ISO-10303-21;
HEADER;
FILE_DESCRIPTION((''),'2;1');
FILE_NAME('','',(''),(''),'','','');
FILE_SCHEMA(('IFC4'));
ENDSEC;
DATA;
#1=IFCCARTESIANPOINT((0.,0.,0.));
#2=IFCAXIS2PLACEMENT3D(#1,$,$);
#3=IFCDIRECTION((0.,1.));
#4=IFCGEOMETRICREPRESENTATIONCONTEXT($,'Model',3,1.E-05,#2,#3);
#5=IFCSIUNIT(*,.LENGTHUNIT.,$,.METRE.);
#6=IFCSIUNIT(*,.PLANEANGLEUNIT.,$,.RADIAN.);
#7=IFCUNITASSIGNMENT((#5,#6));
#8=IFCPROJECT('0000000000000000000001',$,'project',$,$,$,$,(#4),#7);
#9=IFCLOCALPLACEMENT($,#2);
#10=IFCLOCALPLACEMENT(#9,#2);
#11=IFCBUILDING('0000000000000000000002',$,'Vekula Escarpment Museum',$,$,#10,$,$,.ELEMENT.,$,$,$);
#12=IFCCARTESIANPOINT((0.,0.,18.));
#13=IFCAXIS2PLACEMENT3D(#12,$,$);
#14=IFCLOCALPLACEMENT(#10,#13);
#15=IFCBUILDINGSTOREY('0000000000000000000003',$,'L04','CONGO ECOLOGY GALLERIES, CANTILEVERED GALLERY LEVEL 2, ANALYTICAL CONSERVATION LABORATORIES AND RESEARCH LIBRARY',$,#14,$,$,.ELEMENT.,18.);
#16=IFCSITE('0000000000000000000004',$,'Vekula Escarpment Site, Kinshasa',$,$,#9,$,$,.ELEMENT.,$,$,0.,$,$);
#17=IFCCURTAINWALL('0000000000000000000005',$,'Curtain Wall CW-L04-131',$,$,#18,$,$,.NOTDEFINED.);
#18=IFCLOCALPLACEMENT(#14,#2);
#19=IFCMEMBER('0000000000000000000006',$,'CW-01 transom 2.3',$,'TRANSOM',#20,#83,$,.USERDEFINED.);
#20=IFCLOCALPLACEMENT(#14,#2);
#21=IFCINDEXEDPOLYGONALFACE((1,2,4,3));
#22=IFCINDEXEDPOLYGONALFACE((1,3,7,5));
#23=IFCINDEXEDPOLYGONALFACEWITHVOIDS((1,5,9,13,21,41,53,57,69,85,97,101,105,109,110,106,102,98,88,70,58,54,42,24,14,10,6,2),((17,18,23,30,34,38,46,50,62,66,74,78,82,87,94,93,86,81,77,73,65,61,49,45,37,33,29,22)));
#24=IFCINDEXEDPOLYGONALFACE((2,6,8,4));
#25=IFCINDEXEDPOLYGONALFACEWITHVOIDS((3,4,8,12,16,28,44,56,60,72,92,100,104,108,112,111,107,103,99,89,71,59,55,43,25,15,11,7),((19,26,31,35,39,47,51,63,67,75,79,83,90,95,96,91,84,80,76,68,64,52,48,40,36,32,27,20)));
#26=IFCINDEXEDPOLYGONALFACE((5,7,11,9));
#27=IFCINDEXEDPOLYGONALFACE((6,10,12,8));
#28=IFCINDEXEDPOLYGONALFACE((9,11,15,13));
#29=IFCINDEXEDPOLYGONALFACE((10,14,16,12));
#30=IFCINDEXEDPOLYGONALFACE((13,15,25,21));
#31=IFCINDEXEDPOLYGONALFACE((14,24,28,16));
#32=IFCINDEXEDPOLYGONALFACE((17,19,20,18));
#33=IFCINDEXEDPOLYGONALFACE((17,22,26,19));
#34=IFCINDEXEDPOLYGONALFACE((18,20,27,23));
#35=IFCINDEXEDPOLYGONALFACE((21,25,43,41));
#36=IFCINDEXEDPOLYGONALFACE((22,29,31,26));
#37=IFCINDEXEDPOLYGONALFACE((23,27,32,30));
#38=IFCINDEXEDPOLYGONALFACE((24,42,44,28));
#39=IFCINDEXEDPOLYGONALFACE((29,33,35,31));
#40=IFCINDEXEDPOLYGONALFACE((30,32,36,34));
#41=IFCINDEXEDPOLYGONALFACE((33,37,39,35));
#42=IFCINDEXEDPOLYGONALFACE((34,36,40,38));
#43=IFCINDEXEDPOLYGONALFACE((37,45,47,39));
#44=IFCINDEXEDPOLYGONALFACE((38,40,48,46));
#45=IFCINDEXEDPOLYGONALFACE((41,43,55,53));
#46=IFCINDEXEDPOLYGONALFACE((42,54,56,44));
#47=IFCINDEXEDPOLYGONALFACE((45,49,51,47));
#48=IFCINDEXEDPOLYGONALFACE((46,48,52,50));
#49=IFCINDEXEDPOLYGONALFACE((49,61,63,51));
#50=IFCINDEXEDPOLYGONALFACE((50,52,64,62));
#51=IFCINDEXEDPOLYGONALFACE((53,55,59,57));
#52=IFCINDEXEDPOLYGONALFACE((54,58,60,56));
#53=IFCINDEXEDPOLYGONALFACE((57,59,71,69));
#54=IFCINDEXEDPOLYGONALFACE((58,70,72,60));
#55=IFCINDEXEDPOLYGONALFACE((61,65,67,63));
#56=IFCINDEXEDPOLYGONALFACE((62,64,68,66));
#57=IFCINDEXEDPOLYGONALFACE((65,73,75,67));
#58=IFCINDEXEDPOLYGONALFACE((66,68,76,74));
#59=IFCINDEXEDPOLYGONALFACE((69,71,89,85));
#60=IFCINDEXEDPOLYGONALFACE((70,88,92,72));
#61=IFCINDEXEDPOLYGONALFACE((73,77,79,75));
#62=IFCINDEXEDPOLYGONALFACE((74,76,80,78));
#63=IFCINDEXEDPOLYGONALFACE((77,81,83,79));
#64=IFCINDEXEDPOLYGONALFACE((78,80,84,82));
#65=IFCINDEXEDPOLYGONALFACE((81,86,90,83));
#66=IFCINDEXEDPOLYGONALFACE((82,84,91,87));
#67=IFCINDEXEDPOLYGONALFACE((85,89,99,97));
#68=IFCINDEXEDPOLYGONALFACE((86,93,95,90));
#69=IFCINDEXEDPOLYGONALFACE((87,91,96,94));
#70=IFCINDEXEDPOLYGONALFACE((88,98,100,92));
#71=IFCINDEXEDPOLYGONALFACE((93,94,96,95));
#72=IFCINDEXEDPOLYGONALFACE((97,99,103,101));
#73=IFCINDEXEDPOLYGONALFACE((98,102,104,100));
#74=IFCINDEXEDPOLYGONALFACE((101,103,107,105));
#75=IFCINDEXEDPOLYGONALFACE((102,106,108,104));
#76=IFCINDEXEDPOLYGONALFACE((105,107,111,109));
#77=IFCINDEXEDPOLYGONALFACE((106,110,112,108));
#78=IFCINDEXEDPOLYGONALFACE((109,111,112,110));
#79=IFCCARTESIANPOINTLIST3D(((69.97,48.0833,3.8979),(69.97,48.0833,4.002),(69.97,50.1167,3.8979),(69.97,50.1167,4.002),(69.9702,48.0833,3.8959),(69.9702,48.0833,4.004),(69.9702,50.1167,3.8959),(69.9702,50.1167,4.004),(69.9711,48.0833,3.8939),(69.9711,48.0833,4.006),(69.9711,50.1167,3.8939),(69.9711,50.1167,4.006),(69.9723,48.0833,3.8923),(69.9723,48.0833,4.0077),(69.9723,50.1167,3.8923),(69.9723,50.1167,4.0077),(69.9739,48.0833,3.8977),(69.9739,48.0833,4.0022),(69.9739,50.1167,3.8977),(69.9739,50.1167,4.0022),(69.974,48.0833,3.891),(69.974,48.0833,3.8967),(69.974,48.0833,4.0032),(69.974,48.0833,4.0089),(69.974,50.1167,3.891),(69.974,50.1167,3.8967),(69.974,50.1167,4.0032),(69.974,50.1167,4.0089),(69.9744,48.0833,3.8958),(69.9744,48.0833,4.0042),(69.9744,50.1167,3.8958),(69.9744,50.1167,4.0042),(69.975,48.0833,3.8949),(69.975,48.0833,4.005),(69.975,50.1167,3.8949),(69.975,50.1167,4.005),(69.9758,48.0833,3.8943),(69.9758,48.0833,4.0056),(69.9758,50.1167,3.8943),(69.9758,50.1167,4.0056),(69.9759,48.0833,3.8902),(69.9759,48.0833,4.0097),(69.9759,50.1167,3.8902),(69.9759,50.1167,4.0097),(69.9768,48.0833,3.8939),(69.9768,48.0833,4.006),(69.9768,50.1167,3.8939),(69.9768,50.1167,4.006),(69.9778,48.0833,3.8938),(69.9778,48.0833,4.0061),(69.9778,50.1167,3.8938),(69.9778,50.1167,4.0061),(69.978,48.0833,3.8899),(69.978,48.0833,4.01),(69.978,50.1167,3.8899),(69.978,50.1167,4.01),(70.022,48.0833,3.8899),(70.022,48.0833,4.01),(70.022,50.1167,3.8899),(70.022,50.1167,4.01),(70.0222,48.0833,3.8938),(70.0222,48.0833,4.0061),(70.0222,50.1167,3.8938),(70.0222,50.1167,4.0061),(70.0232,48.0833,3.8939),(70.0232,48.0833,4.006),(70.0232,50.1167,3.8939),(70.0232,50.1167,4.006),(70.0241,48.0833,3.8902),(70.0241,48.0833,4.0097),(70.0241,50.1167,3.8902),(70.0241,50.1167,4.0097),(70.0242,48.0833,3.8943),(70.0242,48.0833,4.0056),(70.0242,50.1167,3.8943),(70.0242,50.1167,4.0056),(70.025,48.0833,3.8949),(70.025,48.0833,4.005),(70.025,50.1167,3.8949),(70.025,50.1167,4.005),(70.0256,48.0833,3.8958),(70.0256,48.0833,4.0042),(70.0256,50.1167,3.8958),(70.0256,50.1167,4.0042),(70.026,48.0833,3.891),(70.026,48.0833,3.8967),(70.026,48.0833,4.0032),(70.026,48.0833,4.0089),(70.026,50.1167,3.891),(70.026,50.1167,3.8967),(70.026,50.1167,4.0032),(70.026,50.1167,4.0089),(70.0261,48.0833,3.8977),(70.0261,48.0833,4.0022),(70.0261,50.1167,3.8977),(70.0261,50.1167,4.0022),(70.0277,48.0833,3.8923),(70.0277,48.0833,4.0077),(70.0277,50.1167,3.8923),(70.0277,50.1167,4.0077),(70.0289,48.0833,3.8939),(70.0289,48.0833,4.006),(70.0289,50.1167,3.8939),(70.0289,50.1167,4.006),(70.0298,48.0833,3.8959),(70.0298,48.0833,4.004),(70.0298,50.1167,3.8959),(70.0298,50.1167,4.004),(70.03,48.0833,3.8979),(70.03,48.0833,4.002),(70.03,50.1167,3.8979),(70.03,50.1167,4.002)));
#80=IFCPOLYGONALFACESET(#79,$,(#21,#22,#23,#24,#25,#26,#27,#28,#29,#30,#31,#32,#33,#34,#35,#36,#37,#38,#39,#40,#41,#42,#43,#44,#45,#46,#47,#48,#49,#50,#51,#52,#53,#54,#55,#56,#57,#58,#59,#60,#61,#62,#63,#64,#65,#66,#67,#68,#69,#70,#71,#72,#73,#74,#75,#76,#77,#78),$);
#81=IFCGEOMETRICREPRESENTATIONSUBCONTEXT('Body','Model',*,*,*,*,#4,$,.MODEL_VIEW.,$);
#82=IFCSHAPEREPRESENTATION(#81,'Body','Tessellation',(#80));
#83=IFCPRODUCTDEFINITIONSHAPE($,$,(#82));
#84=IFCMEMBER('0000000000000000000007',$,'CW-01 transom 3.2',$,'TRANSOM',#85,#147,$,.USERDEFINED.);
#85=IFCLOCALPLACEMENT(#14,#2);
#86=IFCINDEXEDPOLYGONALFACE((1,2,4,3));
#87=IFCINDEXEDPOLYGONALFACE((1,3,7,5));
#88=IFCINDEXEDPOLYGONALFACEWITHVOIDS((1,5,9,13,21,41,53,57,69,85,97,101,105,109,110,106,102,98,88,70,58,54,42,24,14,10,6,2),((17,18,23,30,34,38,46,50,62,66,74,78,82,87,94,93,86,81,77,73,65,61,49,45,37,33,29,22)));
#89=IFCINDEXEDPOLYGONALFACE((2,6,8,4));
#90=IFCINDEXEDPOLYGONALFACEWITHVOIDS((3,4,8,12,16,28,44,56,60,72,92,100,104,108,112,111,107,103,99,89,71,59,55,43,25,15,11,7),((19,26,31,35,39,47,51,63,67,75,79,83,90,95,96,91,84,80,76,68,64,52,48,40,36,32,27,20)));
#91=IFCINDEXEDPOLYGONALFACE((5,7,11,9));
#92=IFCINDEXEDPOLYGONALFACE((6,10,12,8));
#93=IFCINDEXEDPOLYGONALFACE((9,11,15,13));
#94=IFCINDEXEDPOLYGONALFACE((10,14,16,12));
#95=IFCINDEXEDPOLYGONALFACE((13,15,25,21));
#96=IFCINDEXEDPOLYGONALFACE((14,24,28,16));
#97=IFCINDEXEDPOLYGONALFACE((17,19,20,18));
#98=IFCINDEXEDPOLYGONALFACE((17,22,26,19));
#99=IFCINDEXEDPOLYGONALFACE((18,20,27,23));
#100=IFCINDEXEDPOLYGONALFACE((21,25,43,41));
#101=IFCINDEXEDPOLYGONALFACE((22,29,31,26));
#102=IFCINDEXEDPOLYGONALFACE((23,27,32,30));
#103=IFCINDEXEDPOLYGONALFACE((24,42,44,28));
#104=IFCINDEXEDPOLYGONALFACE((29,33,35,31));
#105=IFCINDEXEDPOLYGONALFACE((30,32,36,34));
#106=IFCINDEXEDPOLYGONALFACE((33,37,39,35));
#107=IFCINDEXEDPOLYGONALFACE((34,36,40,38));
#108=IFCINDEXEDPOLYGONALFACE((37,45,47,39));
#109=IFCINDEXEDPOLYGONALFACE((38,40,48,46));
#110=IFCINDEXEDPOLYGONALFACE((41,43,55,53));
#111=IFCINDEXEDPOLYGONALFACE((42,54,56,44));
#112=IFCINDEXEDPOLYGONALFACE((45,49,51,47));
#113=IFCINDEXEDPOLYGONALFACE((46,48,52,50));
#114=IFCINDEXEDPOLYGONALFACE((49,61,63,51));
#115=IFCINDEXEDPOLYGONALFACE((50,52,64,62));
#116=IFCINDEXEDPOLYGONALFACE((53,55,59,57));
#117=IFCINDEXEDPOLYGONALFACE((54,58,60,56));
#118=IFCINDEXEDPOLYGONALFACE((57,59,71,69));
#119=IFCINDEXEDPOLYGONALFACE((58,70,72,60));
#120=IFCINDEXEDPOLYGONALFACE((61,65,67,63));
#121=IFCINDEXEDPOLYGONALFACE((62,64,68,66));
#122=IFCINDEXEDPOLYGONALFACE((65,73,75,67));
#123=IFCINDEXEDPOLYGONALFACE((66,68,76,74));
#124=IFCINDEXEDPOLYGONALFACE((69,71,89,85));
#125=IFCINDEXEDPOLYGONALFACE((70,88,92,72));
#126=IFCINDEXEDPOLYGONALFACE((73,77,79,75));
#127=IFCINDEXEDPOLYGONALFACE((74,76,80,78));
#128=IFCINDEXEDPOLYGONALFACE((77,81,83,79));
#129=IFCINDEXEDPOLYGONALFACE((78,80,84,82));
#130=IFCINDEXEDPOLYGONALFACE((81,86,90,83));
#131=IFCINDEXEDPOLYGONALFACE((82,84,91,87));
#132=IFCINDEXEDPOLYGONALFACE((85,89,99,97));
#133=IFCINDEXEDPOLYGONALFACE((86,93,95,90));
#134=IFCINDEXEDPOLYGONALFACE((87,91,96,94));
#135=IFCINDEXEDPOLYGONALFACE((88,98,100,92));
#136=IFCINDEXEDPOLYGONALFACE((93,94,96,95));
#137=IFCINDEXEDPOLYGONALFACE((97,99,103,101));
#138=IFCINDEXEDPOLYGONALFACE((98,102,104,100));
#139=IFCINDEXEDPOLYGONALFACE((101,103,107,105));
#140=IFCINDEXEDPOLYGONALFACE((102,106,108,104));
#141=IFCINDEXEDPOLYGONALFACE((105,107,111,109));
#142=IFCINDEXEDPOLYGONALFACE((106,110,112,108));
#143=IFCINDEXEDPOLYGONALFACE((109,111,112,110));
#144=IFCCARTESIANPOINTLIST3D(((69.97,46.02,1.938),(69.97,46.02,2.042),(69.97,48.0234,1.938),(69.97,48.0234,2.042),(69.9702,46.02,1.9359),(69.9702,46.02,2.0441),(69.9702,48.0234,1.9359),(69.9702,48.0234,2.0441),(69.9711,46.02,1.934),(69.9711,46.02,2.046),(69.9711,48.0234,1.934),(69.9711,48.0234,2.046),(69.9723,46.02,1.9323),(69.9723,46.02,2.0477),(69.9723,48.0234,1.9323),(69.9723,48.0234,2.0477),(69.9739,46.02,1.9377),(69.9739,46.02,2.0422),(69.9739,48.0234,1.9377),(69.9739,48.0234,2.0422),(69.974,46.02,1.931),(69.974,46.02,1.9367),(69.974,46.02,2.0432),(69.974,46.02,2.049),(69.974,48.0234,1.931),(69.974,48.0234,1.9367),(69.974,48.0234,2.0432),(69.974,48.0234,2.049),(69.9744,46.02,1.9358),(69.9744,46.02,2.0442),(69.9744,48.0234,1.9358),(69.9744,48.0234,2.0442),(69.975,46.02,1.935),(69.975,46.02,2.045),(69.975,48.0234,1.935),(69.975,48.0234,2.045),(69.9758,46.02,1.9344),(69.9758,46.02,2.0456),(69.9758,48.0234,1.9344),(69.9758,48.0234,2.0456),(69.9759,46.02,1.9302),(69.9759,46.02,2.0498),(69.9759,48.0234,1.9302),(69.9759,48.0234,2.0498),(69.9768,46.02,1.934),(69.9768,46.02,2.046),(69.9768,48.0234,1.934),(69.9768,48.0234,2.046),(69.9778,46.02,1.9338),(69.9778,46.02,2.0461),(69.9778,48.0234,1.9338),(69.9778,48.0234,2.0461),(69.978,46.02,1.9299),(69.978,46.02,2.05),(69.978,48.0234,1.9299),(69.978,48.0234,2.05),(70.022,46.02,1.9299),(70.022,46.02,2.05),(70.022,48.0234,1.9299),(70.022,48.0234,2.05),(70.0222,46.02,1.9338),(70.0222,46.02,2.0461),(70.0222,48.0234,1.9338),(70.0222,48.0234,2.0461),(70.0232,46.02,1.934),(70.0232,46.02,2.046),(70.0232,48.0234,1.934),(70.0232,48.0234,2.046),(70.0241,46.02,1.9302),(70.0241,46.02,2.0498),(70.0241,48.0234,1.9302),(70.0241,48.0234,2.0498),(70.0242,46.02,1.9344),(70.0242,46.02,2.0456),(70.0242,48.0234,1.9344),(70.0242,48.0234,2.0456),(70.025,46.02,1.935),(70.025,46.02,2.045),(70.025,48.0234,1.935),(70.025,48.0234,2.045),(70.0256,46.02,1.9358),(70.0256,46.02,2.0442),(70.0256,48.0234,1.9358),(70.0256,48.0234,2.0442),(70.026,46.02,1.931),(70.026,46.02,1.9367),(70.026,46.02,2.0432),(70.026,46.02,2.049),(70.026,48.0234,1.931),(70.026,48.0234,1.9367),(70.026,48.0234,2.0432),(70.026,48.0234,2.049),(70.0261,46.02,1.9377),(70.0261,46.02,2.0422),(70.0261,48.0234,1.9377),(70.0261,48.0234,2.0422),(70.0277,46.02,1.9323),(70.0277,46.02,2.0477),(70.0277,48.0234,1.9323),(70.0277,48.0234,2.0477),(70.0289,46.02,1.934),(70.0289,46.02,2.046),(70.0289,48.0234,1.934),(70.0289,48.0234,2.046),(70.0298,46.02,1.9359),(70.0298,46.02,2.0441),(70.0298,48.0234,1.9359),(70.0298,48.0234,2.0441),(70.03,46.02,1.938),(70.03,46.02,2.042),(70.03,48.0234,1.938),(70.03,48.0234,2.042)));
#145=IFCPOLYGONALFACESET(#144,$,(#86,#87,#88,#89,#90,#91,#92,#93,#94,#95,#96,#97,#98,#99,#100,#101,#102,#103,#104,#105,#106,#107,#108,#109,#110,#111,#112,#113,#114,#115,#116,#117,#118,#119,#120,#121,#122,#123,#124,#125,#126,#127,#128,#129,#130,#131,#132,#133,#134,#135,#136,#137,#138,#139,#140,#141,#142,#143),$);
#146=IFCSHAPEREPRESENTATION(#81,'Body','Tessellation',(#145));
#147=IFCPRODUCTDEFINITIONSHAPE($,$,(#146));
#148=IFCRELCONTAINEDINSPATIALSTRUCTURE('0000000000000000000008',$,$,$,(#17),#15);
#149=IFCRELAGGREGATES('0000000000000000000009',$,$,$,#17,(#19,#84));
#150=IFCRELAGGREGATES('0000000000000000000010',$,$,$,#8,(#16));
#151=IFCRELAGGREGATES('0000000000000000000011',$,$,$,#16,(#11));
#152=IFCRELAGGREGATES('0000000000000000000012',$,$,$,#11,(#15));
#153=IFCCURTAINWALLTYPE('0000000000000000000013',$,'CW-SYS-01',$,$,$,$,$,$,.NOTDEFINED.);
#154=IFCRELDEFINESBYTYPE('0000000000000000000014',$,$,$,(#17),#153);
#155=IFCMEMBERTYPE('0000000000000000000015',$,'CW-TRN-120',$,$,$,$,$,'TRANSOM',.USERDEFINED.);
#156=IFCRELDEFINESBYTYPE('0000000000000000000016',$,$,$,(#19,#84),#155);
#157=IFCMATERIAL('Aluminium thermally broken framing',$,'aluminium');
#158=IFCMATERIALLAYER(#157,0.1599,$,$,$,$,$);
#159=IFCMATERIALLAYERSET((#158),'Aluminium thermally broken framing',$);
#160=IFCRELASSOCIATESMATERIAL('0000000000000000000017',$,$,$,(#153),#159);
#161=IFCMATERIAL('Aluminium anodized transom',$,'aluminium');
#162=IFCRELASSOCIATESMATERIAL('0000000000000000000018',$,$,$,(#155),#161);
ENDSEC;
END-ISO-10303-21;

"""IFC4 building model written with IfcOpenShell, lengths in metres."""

from ifc_helpers import new_model, si_unit, direction, frame, origin, origin_2d, place, context, subcontext, project, spatial, hollow_rectangle, extrude, material, layer, layer_set, material_profile, profile_set, type_object, element, aggregate, save


model = new_model("IFC4")

# Units and contexts
model_context = context("Model", 3, precision=1e-05, world=origin(), true_north=direction((0.0, 1.0)))
body_context = subcontext(model_context, "Body", "Model", "MODEL_VIEW")
ifc_project = project(units=[si_unit("LENGTHUNIT", "METRE"), si_unit("PLANEANGLEUNIT", "RADIAN")], contexts=[model_context])

# Site, building, storey
site_placement = place(None, origin())
site = spatial("IfcSite", under=ifc_project, at=site_placement, Name="Vekula Escarpment Site, Kinshasa", CompositionType="ELEMENT", RefElevation=0.0)
building_placement = place(site_placement, origin())
building = spatial("IfcBuilding", under=site, at=building_placement, Name="Vekula Escarpment Museum", CompositionType="ELEMENT")
storey_placement = place(building_placement, frame((0.0, 0.0, 18.0)))
storey = spatial("IfcBuildingStorey", under=building, at=storey_placement, Name="L04", Description="CONGO ECOLOGY GALLERIES, CANTILEVERED GALLERY LEVEL 2, ANALYTICAL CONSERVATION LABORATORIES AND RESEARCH LIBRARY", CompositionType="ELEMENT", Elevation=18.0)

# Curtain wall, members
ifc_material_1 = material(Name="Aluminium thermally broken framing", Category="aluminium")
ifc_layer_1 = layer(ifc_material_1, 0.1599)
ifc_layer_set_1 = layer_set([ifc_layer_1], Name="Aluminium thermally broken framing")
curtain_wall_type = type_object("IfcCurtainWallType", Name="CW-SYS-01", PredefinedType="NOTDEFINED", material=ifc_layer_set_1)
curtain_wall_placement = place(storey_placement, origin())
curtain_wall = element("IfcCurtainWall", 1, at=curtain_wall_placement, inside=storey, type_object=curtain_wall_type, Name="Curtain Wall CW-L04-131", PredefinedType="NOTDEFINED")
ifc_material_2 = material(Name="Aluminium anodized transom", Category="aluminium")
ifc_material_profile_1 = material_profile(ifc_material_2, hollow_rectangle(XDim=0.0601, YDim=0.1201, WallThickness=0.0039, InnerFilletRadius=0.0039, OuterFilletRadius=0.0081, at=origin_2d()), Name="ALU 120x60x4")
ifc_profile_set_1 = profile_set([ifc_material_profile_1], Name="Aluminium anodized transom")
member_type_1 = type_object("IfcMemberType", Name="CW-TRN-120", ElementType="TRANSOM", PredefinedType="USERDEFINED", material=ifc_profile_set_1)
member_1_placement = place(storey_placement, frame((70.0, 50.1167, 3.95), z_axis=(0.0, -1.0, 0.0), x_axis=(1.0, 0.0, 0.0)))
member_1 = element("IfcMember", 2, at=member_1_placement, type_object=member_type_1, Name="CW-01 transom 2.3", ObjectType="TRANSOM", PredefinedType="USERDEFINED", context=body_context, shape_type="SweptSolid", body=[
    extrude(hollow_rectangle(XDim=0.0601, YDim=0.1201, WallThickness=0.0039, InnerFilletRadius=0.0039, OuterFilletRadius=0.0081, at=origin_2d()), origin(), (0.0, 0.0, 1.0), 2.0334),
])
member_2_placement = place(storey_placement, frame((70.0, 48.0234, 1.99), z_axis=(0.0, -1.0, 0.0), x_axis=(1.0, 0.0, 0.0)))
member_2 = element("IfcMember", 3, at=member_2_placement, type_object=member_type_1, Name="CW-01 transom 3.2", ObjectType="TRANSOM", PredefinedType="USERDEFINED", context=body_context, shape_type="SweptSolid", body=[
    extrude(hollow_rectangle(XDim=0.0601, YDim=0.1201, WallThickness=0.0039, InnerFilletRadius=0.0039, OuterFilletRadius=0.0081, at=origin_2d()), origin(), (0.0, 0.0, 1.0), 2.0034),
])

aggregate(curtain_wall, [member_1, member_2])

save(model, "model.ifc")
